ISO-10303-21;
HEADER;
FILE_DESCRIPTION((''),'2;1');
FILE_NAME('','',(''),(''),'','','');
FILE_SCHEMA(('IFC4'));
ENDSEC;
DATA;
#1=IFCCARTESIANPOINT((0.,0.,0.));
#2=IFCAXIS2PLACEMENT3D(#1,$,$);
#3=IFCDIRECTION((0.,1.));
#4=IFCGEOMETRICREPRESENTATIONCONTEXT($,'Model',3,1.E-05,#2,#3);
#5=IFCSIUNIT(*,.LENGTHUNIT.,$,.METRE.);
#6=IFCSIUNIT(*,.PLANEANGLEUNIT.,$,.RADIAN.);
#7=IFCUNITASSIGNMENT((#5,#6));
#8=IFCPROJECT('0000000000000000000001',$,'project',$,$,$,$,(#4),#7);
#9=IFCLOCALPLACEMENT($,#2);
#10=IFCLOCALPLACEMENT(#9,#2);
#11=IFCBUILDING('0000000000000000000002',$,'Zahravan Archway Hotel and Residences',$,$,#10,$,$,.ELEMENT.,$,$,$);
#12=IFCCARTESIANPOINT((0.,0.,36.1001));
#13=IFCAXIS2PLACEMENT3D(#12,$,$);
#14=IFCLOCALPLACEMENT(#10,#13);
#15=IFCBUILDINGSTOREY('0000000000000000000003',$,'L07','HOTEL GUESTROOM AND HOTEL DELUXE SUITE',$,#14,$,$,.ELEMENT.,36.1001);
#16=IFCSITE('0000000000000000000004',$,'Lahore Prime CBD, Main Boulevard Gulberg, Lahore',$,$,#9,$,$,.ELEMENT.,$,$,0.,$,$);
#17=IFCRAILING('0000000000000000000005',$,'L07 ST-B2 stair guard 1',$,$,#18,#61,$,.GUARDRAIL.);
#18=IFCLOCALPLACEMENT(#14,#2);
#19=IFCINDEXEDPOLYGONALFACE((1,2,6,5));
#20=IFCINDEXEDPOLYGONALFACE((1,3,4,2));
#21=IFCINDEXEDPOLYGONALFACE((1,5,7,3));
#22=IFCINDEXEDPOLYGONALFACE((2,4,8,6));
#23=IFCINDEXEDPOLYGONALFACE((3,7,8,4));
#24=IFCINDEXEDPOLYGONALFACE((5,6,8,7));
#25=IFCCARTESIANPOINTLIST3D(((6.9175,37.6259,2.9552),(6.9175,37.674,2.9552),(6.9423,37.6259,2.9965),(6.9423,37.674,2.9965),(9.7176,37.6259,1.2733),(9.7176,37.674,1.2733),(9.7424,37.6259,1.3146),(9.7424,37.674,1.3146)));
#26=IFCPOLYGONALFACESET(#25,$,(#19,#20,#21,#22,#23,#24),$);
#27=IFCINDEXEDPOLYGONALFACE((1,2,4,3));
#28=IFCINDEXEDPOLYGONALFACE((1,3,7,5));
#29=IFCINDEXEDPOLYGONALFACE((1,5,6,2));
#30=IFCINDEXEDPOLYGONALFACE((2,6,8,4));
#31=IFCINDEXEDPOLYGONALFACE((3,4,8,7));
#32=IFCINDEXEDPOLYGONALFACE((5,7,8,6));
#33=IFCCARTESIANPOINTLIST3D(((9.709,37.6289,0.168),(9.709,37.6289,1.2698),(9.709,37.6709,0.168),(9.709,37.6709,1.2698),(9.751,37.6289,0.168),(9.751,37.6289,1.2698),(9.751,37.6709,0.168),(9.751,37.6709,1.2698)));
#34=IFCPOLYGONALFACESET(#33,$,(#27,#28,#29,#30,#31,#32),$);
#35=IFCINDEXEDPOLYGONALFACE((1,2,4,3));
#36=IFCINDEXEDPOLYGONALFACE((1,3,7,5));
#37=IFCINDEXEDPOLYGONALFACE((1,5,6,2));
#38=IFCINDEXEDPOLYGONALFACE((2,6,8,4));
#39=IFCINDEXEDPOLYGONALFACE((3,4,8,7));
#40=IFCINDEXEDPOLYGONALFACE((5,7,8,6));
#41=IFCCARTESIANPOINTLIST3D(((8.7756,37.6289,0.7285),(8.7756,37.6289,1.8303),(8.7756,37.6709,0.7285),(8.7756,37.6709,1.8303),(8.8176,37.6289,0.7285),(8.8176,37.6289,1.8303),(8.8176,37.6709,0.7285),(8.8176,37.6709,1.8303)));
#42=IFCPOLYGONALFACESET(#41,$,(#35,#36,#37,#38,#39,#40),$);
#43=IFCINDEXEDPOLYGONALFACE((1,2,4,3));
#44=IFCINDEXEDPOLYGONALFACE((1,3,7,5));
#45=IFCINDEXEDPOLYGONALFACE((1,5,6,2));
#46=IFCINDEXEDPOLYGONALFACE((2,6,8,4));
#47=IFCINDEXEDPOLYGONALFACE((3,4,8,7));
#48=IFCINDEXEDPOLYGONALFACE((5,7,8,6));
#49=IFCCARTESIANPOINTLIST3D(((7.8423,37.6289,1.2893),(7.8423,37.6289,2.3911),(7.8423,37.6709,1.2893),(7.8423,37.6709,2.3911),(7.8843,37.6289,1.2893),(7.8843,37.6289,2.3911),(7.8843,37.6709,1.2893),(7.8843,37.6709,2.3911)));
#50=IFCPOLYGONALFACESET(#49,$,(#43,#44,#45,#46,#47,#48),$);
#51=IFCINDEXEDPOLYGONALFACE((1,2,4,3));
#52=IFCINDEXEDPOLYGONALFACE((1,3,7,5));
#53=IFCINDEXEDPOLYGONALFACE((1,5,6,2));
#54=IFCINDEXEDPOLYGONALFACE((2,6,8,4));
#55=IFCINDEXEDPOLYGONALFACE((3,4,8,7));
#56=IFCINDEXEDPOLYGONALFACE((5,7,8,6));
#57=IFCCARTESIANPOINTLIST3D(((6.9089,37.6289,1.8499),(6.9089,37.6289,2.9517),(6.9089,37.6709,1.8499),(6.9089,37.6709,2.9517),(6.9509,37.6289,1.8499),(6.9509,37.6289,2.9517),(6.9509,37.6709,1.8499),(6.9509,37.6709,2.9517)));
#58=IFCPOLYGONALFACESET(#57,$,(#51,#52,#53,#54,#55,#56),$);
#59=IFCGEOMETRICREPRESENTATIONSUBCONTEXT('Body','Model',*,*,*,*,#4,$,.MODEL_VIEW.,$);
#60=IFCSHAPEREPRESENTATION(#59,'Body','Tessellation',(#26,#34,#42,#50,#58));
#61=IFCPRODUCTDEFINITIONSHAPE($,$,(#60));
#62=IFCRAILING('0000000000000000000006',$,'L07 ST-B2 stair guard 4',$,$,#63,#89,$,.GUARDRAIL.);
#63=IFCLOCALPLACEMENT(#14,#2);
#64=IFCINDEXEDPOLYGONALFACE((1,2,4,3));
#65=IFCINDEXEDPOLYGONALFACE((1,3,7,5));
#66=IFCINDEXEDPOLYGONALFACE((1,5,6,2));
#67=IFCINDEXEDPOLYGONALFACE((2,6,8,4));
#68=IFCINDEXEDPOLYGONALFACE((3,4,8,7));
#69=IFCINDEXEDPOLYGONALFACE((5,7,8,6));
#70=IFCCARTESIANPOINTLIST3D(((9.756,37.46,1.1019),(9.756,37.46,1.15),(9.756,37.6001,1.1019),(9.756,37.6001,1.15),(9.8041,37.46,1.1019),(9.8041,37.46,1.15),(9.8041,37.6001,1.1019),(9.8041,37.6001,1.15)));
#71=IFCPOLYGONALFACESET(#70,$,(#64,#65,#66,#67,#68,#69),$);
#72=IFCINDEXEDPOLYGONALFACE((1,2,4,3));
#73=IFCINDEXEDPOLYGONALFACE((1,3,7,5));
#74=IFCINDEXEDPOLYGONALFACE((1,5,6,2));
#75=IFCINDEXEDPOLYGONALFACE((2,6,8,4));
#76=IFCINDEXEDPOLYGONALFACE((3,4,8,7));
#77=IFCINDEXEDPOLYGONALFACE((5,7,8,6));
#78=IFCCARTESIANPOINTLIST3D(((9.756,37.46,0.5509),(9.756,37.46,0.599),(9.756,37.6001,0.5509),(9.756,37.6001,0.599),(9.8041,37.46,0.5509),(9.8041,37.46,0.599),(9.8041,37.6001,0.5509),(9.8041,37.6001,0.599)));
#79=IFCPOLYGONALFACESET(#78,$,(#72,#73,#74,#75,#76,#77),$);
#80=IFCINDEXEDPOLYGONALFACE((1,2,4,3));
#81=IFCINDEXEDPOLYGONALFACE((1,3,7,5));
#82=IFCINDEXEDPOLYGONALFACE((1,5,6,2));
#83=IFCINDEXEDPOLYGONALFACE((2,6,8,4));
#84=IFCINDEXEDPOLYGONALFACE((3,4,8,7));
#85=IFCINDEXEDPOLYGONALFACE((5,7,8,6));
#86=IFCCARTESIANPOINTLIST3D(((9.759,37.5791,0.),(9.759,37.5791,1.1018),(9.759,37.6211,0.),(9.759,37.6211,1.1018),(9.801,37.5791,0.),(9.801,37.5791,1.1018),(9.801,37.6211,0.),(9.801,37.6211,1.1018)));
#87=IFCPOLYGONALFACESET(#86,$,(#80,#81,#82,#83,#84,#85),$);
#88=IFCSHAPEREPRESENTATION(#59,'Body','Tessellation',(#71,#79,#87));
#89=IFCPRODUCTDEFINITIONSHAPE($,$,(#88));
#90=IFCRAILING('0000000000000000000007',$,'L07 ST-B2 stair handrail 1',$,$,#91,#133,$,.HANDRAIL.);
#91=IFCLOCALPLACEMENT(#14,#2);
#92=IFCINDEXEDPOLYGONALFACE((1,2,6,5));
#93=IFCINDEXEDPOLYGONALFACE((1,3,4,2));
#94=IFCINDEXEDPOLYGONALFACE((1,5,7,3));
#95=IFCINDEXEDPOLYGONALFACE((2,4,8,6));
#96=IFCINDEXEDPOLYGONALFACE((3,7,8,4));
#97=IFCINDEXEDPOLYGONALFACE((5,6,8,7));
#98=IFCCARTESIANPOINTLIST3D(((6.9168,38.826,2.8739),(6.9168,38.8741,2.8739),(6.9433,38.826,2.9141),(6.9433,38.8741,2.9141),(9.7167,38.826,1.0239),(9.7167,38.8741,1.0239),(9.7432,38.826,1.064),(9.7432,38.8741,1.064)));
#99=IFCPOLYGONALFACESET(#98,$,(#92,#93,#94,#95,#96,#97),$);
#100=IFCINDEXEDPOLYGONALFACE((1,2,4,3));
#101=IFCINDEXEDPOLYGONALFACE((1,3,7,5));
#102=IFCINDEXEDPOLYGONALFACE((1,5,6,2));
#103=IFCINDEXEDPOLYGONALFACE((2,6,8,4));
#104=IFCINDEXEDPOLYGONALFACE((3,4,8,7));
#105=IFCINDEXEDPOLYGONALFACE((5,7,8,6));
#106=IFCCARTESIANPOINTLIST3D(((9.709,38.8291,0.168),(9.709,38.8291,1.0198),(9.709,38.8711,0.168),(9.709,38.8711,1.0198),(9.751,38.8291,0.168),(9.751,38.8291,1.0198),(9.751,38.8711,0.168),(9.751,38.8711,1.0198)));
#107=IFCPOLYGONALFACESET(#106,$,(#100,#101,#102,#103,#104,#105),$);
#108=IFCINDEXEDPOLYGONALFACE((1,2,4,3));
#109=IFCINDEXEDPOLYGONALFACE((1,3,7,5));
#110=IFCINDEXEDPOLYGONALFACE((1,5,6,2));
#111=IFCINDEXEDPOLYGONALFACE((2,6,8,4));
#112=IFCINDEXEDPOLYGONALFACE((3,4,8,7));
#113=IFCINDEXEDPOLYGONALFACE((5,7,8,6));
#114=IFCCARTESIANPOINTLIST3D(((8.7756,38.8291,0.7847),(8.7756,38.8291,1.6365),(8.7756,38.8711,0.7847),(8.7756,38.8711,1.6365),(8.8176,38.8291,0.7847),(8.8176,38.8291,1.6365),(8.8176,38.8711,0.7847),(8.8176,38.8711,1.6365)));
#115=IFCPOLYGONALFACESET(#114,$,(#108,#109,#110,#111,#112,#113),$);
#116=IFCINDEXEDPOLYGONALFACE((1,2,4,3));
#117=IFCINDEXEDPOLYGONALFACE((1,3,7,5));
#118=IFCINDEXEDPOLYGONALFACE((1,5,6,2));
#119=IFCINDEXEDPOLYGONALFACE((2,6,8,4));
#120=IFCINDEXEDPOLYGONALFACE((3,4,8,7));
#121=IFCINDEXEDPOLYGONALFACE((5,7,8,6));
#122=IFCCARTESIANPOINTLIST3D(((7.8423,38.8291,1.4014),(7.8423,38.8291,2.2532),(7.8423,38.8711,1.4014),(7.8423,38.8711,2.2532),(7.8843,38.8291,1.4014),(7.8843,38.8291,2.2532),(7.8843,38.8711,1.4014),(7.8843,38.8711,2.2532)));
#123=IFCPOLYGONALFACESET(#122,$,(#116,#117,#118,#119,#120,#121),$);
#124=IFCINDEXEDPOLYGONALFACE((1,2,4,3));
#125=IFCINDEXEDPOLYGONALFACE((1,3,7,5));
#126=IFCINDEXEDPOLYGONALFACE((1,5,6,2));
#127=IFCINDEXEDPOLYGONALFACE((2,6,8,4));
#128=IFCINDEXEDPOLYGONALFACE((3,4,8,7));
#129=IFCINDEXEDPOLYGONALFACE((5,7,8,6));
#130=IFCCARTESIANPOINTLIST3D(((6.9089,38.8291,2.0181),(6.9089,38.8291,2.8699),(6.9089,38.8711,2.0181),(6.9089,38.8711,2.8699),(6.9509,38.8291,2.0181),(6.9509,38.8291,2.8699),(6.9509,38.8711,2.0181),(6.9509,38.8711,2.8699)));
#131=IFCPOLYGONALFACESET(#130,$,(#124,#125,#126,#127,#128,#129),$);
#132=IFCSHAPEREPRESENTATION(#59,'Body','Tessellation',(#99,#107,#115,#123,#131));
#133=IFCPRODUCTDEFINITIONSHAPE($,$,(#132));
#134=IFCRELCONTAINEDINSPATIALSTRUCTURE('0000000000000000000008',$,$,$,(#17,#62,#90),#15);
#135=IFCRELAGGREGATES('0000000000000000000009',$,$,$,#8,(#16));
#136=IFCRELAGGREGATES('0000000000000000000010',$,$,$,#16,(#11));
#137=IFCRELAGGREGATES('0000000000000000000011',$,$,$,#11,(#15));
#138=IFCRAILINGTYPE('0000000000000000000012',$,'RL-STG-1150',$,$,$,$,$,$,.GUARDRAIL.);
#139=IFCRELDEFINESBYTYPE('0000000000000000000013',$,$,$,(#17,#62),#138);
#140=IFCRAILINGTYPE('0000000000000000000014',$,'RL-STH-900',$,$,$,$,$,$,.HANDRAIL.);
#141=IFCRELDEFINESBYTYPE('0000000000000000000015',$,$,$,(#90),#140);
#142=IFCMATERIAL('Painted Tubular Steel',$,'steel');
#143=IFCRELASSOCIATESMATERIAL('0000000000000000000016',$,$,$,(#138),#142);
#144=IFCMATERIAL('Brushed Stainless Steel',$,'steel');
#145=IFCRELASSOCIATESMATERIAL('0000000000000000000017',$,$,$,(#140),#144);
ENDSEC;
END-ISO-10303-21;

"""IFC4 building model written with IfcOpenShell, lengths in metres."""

from ifc_helpers import new_model, si_unit, direction, frame, origin, origin_2d, place, context, subcontext, project, spatial, rectangle, extrude, material, type_object, element, save


model = new_model("IFC4")

# Units and contexts
model_context = context("Model", 3, precision=1e-05, world=origin(), true_north=direction((0.0, 1.0)))
body_context = subcontext(model_context, "Body", "Model", "MODEL_VIEW")
ifc_project = project(units=[si_unit("LENGTHUNIT", "METRE"), si_unit("PLANEANGLEUNIT", "RADIAN")], contexts=[model_context])

# Site, building, storey
site_placement = place(None, origin())
site = spatial("IfcSite", under=ifc_project, at=site_placement, Name="Lahore Prime CBD, Main Boulevard Gulberg, Lahore", CompositionType="ELEMENT", RefElevation=0.0)
building_placement = place(site_placement, origin())
building = spatial("IfcBuilding", under=site, at=building_placement, Name="Zahravan Archway Hotel and Residences", CompositionType="ELEMENT")
storey_placement = place(building_placement, frame((0.0, 0.0, 36.1001)))
storey = spatial("IfcBuildingStorey", under=building, at=storey_placement, Name="L07", Description="HOTEL GUESTROOM AND HOTEL DELUXE SUITE", CompositionType="ELEMENT", Elevation=36.1001)

# Railings
ifc_material_1 = material(Name="Painted Tubular Steel", Category="steel")
railing_type_1 = type_object("IfcRailingType", Name="RL-STG-1150", PredefinedType="GUARDRAIL", material=ifc_material_1)
railing_1_placement = place(storey_placement, frame((9.73, 37.6499, 0.168)))
element("IfcRailing", 1, at=railing_1_placement, inside=storey, type_object=railing_type_1, Name="L07 ST-B2 stair guard 1", PredefinedType="GUARDRAIL", context=body_context, shape_type="SweptSolid", body=[
    extrude(rectangle(XDim=0.0481, YDim=0.0481, at=origin_2d()), frame((0.0, 0.0, 1.126), z_axis=(-0.857242, 0.0, 0.514913), x_axis=(0.0, -1.0, 0.0)), (0.0, 0.0, 1.0), 3.2664),
    extrude(rectangle(XDim=0.042, YDim=0.042, at=origin_2d()), origin(), (0.0, 0.0, 1.0), 1.1018),
    extrude(rectangle(XDim=0.042, YDim=0.042, at=origin_2d()), frame((-0.9333, 0.0, 0.5605)), (0.0, 0.0, 1.0), 1.1018),
    extrude(rectangle(XDim=0.042, YDim=0.042, at=origin_2d()), frame((-1.8667, 0.0, 1.1213)), (0.0, 0.0, 1.0), 1.1018),
    extrude(rectangle(XDim=0.042, YDim=0.042, at=origin_2d()), frame((-2.8, 0.0, 1.6819)), (0.0, 0.0, 1.0), 1.1018),
])
railing_2_placement = place(storey_placement, frame((9.78, 37.6001, 0.0)))
element("IfcRailing", 2, at=railing_2_placement, inside=storey, type_object=railing_type_1, Name="L07 ST-B2 stair guard 4", PredefinedType="GUARDRAIL", context=body_context, shape_type="SweptSolid", body=[
    extrude(rectangle(XDim=0.0481, YDim=0.0481, at=origin_2d()), frame((0.0, 0.0, 1.126), z_axis=(0.0, -1.0, 0.0), x_axis=(1.0, 0.0, 0.0)), (0.0, 0.0, 1.0), 0.1401),
    extrude(rectangle(XDim=0.0481, YDim=0.0481, at=origin_2d()), frame((0.0, 0.0, 0.575), z_axis=(0.0, -1.0, 0.0), x_axis=(1.0, 0.0, 0.0)), (0.0, 0.0, 1.0), 0.1401),
    extrude(rectangle(XDim=0.042, YDim=0.042, at=origin_2d()), origin(), (0.0, 0.0, 1.0), 1.1018),
])
ifc_material_2 = material(Name="Brushed Stainless Steel", Category="steel")
railing_type_2 = type_object("IfcRailingType", Name="RL-STH-900", PredefinedType="HANDRAIL", material=ifc_material_2)
railing_3_placement = place(storey_placement, frame((9.73, 38.8501, 0.168)))
element("IfcRailing", 3, at=railing_3_placement, inside=storey, type_object=railing_type_2, Name="L07 ST-B2 stair handrail 1", PredefinedType="HANDRAIL", context=body_context, shape_type="SweptSolid", body=[
    extrude(rectangle(XDim=0.0481, YDim=0.0481, at=origin_2d()), frame((0.0, 0.0, 0.876), z_axis=(-0.834326, 0.0, 0.551271), x_axis=(0.0, -1.0, 0.0)), (0.0, 0.0, 1.0), 3.356),
    extrude(rectangle(XDim=0.042, YDim=0.042, at=origin_2d()), origin(), (0.0, 0.0, 1.0), 0.8518),
    extrude(rectangle(XDim=0.042, YDim=0.042, at=origin_2d()), frame((-0.9333, 0.0, 0.6167)), (0.0, 0.0, 1.0), 0.8518),
    extrude(rectangle(XDim=0.042, YDim=0.042, at=origin_2d()), frame((-1.8667, 0.0, 1.2334)), (0.0, 0.0, 1.0), 0.8518),
    extrude(rectangle(XDim=0.042, YDim=0.042, at=origin_2d()), frame((-2.8, 0.0, 1.8501)), (0.0, 0.0, 1.0), 0.8518),
])

save(model, "model.ifc")
